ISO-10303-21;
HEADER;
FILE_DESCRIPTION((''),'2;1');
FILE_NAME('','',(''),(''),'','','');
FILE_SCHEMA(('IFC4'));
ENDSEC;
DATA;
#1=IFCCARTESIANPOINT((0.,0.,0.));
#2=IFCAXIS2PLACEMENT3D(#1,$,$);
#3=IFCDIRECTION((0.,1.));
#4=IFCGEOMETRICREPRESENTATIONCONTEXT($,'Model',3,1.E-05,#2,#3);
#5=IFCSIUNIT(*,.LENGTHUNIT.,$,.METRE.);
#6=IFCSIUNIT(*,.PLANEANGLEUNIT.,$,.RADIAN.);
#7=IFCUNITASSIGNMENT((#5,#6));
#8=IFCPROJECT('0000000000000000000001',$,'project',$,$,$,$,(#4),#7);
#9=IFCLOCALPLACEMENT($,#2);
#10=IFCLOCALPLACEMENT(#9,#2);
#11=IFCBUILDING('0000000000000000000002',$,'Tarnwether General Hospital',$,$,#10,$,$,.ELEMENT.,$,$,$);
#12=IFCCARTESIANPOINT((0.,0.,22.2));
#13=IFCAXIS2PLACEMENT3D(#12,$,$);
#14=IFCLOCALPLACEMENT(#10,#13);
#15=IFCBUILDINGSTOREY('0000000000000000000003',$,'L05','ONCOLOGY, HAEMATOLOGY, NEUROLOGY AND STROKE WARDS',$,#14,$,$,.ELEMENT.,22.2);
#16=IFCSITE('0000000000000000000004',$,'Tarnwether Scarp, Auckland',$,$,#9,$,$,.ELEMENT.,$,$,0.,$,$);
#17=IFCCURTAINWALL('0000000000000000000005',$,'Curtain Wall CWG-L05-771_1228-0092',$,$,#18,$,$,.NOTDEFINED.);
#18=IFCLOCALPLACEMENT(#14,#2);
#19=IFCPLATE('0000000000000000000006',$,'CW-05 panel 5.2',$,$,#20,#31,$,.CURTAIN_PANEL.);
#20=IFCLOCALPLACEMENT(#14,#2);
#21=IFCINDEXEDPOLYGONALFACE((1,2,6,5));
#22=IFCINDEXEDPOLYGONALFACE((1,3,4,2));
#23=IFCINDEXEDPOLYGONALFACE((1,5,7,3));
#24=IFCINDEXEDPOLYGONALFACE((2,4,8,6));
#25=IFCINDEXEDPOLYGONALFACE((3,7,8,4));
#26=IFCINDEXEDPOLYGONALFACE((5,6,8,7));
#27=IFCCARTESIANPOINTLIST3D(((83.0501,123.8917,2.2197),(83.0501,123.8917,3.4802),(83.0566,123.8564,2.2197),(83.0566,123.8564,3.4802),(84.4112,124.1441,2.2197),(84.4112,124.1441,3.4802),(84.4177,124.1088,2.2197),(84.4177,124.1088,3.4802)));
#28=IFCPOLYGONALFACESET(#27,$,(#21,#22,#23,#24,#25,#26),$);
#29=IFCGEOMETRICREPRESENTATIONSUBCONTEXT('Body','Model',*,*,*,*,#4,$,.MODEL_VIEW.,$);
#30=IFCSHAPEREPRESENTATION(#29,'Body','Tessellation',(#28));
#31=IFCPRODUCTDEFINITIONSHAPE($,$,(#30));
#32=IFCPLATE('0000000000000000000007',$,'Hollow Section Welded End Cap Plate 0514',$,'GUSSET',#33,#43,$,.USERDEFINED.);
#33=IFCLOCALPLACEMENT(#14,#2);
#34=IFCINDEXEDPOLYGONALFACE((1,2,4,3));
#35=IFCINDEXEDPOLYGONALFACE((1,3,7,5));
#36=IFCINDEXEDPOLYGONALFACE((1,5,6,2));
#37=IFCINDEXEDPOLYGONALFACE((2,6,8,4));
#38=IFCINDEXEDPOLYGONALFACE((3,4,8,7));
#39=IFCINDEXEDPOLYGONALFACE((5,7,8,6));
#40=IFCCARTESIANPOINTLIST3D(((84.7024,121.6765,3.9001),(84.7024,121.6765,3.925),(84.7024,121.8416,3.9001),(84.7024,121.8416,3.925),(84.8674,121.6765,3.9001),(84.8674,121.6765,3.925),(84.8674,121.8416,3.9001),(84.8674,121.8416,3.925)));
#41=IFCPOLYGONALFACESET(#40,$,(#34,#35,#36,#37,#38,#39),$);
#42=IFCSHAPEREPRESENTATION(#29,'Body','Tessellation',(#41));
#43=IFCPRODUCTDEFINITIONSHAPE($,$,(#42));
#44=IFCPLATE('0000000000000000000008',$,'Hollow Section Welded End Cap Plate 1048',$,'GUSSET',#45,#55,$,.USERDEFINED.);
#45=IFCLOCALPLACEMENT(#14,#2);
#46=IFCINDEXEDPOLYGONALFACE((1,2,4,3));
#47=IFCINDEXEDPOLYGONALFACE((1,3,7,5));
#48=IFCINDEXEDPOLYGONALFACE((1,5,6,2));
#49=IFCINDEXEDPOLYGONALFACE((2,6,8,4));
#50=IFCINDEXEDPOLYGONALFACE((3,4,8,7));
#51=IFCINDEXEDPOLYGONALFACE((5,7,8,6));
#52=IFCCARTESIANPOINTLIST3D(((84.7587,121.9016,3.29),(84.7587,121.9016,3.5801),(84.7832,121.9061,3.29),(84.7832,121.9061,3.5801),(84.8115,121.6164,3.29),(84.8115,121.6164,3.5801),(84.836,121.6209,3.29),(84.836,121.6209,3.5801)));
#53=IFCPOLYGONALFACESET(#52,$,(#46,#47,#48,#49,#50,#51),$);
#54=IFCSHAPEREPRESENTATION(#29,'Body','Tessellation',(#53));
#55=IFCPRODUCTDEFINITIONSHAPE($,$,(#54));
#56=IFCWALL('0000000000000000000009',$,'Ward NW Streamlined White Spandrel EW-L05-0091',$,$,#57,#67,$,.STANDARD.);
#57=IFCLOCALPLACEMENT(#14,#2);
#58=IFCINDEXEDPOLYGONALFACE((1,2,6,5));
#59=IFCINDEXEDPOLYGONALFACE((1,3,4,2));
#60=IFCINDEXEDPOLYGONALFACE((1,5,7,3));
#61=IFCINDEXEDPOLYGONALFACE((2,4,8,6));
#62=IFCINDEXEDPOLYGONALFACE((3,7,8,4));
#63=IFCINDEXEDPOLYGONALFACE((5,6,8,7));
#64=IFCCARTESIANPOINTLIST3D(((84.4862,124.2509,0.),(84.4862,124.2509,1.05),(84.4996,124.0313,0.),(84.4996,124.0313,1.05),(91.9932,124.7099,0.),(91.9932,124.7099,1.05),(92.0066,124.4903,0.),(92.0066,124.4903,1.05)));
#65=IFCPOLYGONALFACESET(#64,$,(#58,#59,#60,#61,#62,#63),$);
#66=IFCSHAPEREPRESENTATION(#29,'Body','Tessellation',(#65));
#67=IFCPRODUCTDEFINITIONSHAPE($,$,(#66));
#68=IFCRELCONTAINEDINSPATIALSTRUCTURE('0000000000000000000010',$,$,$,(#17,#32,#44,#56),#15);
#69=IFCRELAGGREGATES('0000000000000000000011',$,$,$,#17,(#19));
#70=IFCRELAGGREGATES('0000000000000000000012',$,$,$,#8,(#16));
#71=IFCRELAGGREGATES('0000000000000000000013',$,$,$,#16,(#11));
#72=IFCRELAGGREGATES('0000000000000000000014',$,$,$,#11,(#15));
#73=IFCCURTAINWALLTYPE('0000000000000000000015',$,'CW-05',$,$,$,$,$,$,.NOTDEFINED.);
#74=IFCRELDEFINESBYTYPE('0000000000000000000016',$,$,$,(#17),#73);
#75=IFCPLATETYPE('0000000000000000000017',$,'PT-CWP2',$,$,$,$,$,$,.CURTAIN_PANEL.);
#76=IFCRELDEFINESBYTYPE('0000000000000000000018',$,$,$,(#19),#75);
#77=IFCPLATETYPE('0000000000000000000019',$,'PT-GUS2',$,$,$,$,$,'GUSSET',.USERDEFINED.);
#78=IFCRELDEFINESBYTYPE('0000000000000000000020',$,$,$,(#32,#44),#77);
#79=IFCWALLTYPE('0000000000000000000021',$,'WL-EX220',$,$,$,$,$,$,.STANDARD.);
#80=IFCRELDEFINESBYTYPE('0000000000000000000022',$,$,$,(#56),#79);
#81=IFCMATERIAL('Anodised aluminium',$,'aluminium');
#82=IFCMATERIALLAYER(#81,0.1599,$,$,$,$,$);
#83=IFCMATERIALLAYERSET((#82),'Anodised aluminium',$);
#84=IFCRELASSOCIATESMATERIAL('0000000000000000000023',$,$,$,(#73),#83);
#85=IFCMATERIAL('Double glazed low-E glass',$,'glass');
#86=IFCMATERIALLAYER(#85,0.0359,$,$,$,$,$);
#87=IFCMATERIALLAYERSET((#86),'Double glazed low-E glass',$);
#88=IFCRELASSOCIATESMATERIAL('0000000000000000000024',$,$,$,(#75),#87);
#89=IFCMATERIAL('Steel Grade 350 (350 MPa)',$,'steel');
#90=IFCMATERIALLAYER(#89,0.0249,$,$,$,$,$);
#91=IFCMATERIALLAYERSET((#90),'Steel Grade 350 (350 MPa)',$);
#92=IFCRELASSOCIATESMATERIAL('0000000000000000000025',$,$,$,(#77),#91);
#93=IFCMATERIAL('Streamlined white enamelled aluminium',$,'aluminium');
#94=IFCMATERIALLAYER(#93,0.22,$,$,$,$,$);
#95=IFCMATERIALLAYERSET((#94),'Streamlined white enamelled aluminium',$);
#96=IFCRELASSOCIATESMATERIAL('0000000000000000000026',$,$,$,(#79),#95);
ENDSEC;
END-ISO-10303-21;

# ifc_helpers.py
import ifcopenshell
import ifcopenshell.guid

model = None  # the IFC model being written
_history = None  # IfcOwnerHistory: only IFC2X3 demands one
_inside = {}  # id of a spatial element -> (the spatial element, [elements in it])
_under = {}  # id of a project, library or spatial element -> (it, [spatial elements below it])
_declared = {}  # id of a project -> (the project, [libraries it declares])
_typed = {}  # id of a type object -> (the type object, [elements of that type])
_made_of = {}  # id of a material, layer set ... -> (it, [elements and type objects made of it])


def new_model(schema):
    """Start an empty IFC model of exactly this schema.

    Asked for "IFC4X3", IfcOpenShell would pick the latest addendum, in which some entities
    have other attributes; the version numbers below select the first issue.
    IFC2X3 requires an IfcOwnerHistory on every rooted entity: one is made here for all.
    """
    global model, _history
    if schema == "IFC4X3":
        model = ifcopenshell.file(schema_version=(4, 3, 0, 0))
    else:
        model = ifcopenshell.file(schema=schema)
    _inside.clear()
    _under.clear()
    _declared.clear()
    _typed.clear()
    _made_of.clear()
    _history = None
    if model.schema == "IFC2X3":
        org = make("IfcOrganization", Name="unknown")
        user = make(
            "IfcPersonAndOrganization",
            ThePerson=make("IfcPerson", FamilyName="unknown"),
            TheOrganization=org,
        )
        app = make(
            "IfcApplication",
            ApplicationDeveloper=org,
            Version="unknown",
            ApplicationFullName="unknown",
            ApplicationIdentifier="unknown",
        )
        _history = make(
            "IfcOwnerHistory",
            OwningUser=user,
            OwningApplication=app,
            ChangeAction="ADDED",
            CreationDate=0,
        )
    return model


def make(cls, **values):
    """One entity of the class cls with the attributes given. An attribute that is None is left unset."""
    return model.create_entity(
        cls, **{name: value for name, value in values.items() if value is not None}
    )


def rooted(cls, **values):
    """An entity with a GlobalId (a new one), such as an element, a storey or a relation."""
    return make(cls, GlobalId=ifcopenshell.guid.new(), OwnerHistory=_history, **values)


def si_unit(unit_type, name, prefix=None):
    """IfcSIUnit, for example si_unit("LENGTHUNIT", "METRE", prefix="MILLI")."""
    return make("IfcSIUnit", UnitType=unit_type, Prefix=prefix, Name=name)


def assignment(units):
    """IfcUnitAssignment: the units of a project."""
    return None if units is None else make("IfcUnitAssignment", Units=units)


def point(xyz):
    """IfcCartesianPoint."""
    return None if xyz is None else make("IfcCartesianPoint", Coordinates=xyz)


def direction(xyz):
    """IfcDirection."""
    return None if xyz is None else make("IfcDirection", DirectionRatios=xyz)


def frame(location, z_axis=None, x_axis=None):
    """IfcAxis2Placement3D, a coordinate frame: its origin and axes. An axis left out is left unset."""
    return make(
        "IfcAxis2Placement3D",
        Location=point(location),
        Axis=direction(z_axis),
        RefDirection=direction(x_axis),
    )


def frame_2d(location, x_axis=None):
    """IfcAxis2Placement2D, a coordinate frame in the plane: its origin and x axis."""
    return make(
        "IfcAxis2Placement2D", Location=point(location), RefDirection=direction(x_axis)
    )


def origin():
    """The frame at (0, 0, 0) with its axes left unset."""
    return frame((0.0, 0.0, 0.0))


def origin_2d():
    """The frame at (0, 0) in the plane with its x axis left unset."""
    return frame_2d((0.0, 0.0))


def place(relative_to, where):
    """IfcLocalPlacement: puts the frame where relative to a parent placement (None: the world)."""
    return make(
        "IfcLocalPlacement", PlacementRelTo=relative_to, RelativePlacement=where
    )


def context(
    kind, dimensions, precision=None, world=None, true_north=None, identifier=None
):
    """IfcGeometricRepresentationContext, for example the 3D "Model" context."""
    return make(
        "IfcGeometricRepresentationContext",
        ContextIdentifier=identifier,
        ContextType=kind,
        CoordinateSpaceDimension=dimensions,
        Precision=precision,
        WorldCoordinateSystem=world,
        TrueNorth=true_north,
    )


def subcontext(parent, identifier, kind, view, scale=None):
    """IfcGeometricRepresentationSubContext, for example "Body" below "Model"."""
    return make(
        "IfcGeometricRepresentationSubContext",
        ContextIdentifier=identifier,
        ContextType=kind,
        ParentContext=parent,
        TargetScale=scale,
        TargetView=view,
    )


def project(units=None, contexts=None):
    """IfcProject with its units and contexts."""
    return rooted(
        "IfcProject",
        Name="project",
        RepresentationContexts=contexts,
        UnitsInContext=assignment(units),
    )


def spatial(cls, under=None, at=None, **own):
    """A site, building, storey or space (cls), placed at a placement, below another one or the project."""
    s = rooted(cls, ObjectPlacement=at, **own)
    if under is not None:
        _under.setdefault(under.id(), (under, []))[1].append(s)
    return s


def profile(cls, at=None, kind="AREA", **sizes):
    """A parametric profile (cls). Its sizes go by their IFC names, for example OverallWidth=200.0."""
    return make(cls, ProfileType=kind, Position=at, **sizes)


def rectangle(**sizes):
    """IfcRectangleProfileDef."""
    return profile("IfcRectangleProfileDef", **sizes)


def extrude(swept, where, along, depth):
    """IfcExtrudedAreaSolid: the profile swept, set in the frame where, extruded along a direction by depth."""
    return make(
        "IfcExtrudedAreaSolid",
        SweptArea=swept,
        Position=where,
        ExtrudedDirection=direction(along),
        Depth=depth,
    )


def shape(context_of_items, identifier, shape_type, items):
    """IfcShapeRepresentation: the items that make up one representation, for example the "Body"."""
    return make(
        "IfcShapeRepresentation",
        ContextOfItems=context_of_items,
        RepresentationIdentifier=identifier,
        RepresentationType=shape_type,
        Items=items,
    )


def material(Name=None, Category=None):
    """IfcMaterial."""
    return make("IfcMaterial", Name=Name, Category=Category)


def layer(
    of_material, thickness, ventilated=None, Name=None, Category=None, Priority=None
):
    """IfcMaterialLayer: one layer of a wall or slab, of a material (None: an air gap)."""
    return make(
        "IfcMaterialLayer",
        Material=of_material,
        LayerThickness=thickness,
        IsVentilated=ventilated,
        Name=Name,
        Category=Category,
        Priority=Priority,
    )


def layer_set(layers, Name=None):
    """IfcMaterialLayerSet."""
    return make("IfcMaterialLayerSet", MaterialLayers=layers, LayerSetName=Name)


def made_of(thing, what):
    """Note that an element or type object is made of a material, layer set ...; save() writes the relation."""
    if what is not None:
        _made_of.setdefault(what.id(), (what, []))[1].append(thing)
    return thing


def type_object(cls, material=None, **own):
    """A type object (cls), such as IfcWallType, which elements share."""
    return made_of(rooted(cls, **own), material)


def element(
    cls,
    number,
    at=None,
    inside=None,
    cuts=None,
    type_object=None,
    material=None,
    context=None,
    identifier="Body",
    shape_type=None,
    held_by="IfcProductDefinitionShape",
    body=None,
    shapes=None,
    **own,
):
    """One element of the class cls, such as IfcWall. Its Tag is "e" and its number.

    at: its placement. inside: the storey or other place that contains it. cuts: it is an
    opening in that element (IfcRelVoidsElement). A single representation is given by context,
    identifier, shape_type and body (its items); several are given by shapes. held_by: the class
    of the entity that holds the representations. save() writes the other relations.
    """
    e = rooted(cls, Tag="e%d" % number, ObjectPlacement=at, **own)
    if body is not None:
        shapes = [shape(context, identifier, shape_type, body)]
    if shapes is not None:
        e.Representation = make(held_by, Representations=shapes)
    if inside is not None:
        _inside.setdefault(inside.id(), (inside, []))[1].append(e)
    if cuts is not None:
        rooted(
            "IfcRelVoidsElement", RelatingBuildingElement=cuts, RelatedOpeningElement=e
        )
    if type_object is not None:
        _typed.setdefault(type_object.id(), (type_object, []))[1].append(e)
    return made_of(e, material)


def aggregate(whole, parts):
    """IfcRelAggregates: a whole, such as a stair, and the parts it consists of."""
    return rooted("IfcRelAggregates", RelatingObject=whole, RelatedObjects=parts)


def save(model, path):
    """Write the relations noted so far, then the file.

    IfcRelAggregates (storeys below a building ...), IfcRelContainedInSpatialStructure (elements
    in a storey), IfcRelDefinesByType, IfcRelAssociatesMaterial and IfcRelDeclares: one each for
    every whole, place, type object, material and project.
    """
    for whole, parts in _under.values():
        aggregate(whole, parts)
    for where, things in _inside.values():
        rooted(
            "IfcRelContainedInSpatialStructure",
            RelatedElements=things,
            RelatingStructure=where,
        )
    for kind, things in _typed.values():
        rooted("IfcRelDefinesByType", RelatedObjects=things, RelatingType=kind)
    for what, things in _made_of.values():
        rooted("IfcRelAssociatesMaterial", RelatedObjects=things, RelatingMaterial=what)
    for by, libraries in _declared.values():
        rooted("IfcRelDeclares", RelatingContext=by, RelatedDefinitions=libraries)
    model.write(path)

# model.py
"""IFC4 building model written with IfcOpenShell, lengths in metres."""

from ifc_helpers import new_model, si_unit, direction, frame, frame_2d, origin, origin_2d, place, context, subcontext, project, spatial, rectangle, extrude, material, layer, layer_set, type_object, element, aggregate, save


model = new_model("IFC4")

# Units and contexts
model_context = context("Model", 3, precision=1e-05, world=origin(), true_north=direction((0.0, 1.0)))
body_context = subcontext(model_context, "Body", "Model", "MODEL_VIEW")
ifc_project = project(units=[si_unit("LENGTHUNIT", "METRE"), si_unit("PLANEANGLEUNIT", "RADIAN")], contexts=[model_context])

# Site, building, storey
site_placement = place(None, origin())
site = spatial("IfcSite", under=ifc_project, at=site_placement, Name="Tarnwether Scarp, Auckland", CompositionType="ELEMENT", RefElevation=0.0)
building_placement = place(site_placement, origin())
building = spatial("IfcBuilding", under=site, at=building_placement, Name="Tarnwether General Hospital", CompositionType="ELEMENT")
storey_placement = place(building_placement, frame((0.0, 0.0, 22.2)))
storey = spatial("IfcBuildingStorey", under=building, at=storey_placement, Name="L05", Description="ONCOLOGY, HAEMATOLOGY, NEUROLOGY AND STROKE WARDS", CompositionType="ELEMENT", Elevation=22.2)

# Curtain wall
ifc_material_1 = material(Name="Anodised aluminium", Category="aluminium")
ifc_layer_1 = layer(ifc_material_1, 0.1599)
ifc_layer_set_1 = layer_set([ifc_layer_1], Name="Anodised aluminium")
curtain_wall_type = type_object("IfcCurtainWallType", Name="CW-05", PredefinedType="NOTDEFINED", material=ifc_layer_set_1)
curtain_wall_1_placement = place(storey_placement, origin())
curtain_wall_1 = element("IfcCurtainWall", 1, at=curtain_wall_1_placement, inside=storey, type_object=curtain_wall_type, Name="Curtain Wall CWG-L05-771_1228-0092", PredefinedType="NOTDEFINED")

# Plate
ifc_material_2 = material(Name="Double glazed low-E glass", Category="glass")
ifc_layer_2 = layer(ifc_material_2, 0.0359)
ifc_layer_set_2 = layer_set([ifc_layer_2], Name="Double glazed low-E glass")
plate_type_1 = type_object("IfcPlateType", Name="PT-CWP2", PredefinedType="CURTAIN_PANEL", material=ifc_layer_set_2)
plate_1_placement = place(storey_placement, frame((83.7339, 124.0002, 2.2197), z_axis=(0.0, 0.0, 1.0), x_axis=(0.983245, 0.182289, 0.0)))
plate_1 = element("IfcPlate", 2, at=plate_1_placement, type_object=plate_type_1, Name="CW-05 panel 5.2", PredefinedType="CURTAIN_PANEL", context=body_context, shape_type="SweptSolid", body=[
    extrude(rectangle(XDim=1.3843, YDim=0.0359, at=origin_2d()), origin(), (0.0, 0.0, 1.0), 1.2605),
])
aggregate(curtain_wall_1, [plate_1])

# Plates
ifc_material_3 = material(Name="Steel Grade 350 (350 MPa)", Category="steel")
ifc_layer_3 = layer(ifc_material_3, 0.0249)
ifc_layer_set_3 = layer_set([ifc_layer_3], Name="Steel Grade 350 (350 MPa)")
plate_type_2 = type_object("IfcPlateType", Name="PT-GUS2", ElementType="GUSSET", PredefinedType="USERDEFINED", material=ifc_layer_set_3)
plate_2_placement = place(storey_placement, frame((84.7849, 121.759, 3.9001), z_axis=(0.0, 0.0, 1.0), x_axis=(1.0, 0.0, 0.0)))
element("IfcPlate", 3, at=plate_2_placement, inside=storey, type_object=plate_type_2, Name="Hollow Section Welded End Cap Plate 0514", ObjectType="GUSSET", PredefinedType="USERDEFINED", context=body_context, shape_type="SweptSolid", body=[
    extrude(rectangle(XDim=0.165, YDim=0.165, at=origin_2d()), origin(), (0.0, 0.0, 1.0), 0.0249),
])
plate_3_placement = place(storey_placement, frame((84.7974, 121.7612, 3.29), z_axis=(0.0, 0.0, 1.0), x_axis=(0.983261, 0.182201, 0.0)))
element("IfcPlate", 4, at=plate_3_placement, inside=storey, type_object=plate_type_2, Name="Hollow Section Welded End Cap Plate 1048", ObjectType="GUSSET", PredefinedType="USERDEFINED", context=body_context, shape_type="SweptSolid", body=[
    extrude(rectangle(XDim=0.0249, YDim=0.29, at=origin_2d()), origin(), (0.0, 0.0, 1.0), 0.29),
])

# Wall
ifc_material_4 = material(Name="Streamlined white enamelled aluminium", Category="aluminium")
ifc_layer_4 = layer(ifc_material_4, 0.22)
ifc_layer_set_4 = layer_set([ifc_layer_4], Name="Streamlined white enamelled aluminium")
wall_type = type_object("IfcWallType", Name="WL-EX220", PredefinedType="STANDARD", material=ifc_layer_set_4)
wall_placement = place(storey_placement, frame((84.4929, 124.1411, 0.0), z_axis=(0.0, 0.0, 1.0), x_axis=(0.998136, 0.061026, 0.0)))
element("IfcWall", 5, at=wall_placement, inside=storey, type_object=wall_type, Name="Ward NW Streamlined White Spandrel EW-L05-0091", PredefinedType="STANDARD", context=body_context, shape_type="SweptSolid", body=[
    extrude(rectangle(XDim=7.521, YDim=0.22, at=frame_2d((3.7605, 0.0))), origin(), (0.0, 0.0, 1.0), 1.05),
])

save(model, "model.ifc")
